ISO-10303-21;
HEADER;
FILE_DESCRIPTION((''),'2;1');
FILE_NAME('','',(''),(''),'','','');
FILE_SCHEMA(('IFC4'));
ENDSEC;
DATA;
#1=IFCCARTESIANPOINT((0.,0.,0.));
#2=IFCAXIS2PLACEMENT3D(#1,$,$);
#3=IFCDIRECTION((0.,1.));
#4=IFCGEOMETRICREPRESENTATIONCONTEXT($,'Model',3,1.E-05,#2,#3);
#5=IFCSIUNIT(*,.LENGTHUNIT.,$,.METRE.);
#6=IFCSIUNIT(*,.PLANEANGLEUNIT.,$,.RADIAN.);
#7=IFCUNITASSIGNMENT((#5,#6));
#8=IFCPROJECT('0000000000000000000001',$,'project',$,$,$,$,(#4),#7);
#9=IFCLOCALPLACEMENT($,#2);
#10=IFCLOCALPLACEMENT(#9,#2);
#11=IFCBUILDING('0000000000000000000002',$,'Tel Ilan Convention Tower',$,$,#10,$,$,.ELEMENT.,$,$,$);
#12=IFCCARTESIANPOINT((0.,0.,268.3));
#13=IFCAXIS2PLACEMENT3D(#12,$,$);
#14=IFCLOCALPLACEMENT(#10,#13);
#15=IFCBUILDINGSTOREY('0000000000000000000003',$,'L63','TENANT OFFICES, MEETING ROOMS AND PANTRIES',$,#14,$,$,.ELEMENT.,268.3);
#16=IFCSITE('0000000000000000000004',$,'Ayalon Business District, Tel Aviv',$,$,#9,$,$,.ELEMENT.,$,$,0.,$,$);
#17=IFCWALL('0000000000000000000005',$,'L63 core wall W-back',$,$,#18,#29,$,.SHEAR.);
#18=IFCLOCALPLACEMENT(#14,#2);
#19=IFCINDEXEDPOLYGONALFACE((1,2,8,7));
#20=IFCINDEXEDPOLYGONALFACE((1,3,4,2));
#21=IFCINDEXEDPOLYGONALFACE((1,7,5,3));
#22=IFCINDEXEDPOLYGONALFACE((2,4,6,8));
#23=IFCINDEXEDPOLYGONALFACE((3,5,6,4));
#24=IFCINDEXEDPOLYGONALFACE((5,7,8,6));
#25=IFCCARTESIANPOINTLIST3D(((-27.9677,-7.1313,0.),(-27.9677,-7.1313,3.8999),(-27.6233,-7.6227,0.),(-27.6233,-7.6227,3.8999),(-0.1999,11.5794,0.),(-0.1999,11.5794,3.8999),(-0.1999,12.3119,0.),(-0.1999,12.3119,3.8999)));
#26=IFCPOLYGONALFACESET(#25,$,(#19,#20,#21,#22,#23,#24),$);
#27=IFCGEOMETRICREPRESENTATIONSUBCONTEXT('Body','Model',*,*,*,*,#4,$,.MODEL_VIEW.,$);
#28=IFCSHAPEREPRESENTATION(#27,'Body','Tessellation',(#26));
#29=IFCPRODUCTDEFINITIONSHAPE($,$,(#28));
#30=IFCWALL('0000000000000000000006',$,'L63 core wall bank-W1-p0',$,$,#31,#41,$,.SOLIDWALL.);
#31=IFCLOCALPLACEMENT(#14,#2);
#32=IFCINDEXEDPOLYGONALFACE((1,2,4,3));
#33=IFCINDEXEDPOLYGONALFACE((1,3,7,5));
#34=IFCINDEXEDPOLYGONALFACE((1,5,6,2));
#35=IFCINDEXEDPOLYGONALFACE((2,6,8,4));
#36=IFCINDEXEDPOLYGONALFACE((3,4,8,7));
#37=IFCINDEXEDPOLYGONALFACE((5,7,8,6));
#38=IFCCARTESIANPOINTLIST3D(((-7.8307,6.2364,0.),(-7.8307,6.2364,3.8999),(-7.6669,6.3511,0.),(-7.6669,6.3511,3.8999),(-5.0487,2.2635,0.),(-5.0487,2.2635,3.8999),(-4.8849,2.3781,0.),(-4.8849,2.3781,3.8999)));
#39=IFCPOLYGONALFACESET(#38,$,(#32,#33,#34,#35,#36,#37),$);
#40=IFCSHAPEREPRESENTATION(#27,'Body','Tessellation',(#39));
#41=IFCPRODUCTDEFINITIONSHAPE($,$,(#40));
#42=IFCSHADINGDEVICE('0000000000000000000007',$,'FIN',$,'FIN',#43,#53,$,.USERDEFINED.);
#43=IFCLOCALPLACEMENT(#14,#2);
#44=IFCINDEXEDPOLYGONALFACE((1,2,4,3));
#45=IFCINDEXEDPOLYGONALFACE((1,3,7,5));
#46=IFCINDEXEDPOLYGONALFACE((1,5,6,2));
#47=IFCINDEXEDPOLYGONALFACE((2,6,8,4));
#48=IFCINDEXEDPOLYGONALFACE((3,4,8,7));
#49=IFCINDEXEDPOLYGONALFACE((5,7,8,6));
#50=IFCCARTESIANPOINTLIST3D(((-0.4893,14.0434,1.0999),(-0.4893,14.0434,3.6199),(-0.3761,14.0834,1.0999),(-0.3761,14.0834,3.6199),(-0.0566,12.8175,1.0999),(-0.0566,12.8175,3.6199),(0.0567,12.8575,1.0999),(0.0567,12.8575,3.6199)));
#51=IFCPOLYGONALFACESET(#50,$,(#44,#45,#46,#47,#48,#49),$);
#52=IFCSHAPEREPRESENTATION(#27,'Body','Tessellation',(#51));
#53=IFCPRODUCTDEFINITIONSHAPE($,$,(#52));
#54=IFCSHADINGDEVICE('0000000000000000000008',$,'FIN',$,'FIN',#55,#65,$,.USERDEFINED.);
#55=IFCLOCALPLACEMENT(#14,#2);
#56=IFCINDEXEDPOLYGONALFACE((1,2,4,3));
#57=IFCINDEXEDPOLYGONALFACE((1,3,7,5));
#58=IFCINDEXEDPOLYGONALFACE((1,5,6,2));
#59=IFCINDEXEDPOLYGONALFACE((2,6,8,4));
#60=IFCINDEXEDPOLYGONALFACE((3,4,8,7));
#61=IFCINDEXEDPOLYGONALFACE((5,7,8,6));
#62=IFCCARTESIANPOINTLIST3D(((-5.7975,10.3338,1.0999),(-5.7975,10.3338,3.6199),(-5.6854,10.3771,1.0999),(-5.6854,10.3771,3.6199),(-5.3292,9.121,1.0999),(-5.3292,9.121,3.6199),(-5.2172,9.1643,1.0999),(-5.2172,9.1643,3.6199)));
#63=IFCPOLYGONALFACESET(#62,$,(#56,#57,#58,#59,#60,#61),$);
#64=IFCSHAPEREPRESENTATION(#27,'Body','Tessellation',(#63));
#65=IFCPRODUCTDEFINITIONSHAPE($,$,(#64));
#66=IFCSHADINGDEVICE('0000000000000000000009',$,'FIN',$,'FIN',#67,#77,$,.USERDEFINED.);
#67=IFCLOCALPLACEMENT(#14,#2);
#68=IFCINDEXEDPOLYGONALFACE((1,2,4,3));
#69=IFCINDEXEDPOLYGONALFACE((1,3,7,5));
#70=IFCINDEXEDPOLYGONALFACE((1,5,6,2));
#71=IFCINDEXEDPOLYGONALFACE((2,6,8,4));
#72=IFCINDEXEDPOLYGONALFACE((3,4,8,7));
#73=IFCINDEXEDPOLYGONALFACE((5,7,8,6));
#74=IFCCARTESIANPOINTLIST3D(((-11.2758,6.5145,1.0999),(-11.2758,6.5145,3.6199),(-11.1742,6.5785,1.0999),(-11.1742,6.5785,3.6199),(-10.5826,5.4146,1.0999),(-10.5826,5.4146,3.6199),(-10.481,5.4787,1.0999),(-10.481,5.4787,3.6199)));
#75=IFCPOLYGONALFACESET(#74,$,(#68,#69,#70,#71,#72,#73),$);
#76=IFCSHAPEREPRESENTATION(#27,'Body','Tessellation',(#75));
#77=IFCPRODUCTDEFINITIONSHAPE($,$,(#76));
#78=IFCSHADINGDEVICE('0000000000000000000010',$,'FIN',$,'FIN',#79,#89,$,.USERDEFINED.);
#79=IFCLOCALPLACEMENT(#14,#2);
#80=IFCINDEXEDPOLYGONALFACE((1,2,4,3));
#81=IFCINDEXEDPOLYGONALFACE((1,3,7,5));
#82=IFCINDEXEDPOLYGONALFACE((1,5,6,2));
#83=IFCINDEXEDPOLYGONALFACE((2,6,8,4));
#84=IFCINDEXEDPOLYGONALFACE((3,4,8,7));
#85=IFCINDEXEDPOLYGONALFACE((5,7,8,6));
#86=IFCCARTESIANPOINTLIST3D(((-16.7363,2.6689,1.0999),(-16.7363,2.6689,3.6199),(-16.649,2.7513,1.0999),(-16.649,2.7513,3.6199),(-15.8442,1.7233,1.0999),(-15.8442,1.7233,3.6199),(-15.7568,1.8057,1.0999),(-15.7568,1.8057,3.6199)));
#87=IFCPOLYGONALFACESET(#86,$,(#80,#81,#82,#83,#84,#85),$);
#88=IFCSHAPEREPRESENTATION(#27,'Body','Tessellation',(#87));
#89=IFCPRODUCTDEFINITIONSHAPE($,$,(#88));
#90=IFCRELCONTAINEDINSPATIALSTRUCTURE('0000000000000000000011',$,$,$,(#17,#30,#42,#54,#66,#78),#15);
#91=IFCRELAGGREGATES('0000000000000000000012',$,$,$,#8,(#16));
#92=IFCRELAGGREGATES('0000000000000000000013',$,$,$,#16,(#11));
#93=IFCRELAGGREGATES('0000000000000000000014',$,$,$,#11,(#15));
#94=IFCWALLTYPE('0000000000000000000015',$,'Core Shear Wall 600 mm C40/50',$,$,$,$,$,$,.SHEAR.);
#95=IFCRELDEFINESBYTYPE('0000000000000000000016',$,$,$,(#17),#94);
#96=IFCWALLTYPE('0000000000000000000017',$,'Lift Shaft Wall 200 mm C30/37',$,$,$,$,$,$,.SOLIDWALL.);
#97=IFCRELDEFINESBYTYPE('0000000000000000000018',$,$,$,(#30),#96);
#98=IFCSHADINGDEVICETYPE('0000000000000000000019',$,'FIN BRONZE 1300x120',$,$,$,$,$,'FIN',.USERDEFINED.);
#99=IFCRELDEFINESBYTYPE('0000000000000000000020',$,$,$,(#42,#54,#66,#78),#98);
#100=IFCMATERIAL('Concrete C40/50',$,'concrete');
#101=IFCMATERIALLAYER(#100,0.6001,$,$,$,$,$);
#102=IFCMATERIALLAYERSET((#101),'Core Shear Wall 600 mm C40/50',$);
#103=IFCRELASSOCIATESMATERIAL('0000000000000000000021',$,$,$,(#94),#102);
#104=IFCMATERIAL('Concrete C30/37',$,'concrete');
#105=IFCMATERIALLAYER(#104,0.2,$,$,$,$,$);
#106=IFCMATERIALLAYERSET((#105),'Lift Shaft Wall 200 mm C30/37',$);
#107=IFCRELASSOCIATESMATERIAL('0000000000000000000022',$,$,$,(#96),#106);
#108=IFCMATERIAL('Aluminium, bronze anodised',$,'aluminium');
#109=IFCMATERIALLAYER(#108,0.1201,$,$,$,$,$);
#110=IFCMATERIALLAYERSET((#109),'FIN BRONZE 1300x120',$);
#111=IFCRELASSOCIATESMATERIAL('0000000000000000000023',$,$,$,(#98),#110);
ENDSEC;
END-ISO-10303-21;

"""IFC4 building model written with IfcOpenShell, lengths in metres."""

from ifc_helpers import new_model, si_unit, direction, frame, frame_2d, origin, origin_2d, place, context, subcontext, project, spatial, polyline, rectangle, outline, extrude, material, layer, layer_set, type_object, element, save


model = new_model("IFC4")

# Units and contexts
model_context = context("Model", 3, precision=1e-05, world=origin(), true_north=direction((0.0, 1.0)))
body_context = subcontext(model_context, "Body", "Model", "MODEL_VIEW")
ifc_project = project(units=[si_unit("LENGTHUNIT", "METRE"), si_unit("PLANEANGLEUNIT", "RADIAN")], contexts=[model_context])

# Site, building, storey
site_placement = place(None, origin())
site = spatial("IfcSite", under=ifc_project, at=site_placement, Name="Ayalon Business District, Tel Aviv", CompositionType="ELEMENT", RefElevation=0.0)
building_placement = place(site_placement, origin())
building = spatial("IfcBuilding", under=site, at=building_placement, Name="Tel Ilan Convention Tower", CompositionType="ELEMENT")
storey_placement = place(building_placement, frame((0.0, 0.0, 268.3)))
storey = spatial("IfcBuildingStorey", under=building, at=storey_placement, Name="L63", Description="TENANT OFFICES, MEETING ROOMS AND PANTRIES", CompositionType="ELEMENT", Elevation=268.3)

# Walls
ifc_material_1 = material(Name="Concrete C40/50", Category="concrete")
ifc_layer_1 = layer(ifc_material_1, 0.6001)
ifc_layer_set_1 = layer_set([ifc_layer_1], Name="Core Shear Wall 600 mm C40/50")
wall_type_1 = type_object("IfcWallType", Name="Core Shear Wall 600 mm C40/50", PredefinedType="SHEAR", material=ifc_layer_set_1)
wall_1_placement = place(storey_placement, frame((-0.0278, 12.0662, 0.0), z_axis=(0.0, 0.0, 1.0), x_axis=(-0.819151, -0.573577, 0.0)))
element("IfcWall", 1, at=wall_1_placement, inside=storey, type_object=wall_type_1, Name="L63 core wall W-back", PredefinedType="SHEAR", context=body_context, shape_type="SweptSolid", body=[
    extrude(outline(polyline([(33.8979, 0.3), (0.4202, 0.3), (0.0, -0.3), (33.8982, -0.3), (33.8979, 0.3)])), origin(), (0.0, 0.0, 1.0), 3.8999),
])
ifc_material_2 = material(Name="Concrete C30/37", Category="concrete")
ifc_layer_2 = layer(ifc_material_2, 0.2)
ifc_layer_set_2 = layer_set([ifc_layer_2], Name="Lift Shaft Wall 200 mm C30/37")
wall_type_2 = type_object("IfcWallType", Name="Lift Shaft Wall 200 mm C30/37", PredefinedType="SOLIDWALL", material=ifc_layer_set_2)
wall_2_placement = place(storey_placement, frame((-4.9668, 2.3208, 0.0), z_axis=(0.0, 0.0, 1.0), x_axis=(-0.573594, 0.81914, 0.0)))
element("IfcWall", 2, at=wall_2_placement, inside=storey, type_object=wall_type_2, Name="L63 core wall bank-W1-p0", PredefinedType="SOLIDWALL", context=body_context, shape_type="SweptSolid", body=[
    extrude(rectangle(XDim=4.8501, YDim=0.2, at=frame_2d((2.425, 0.0))), origin(), (0.0, 0.0, 1.0), 3.8999),
])

# Shading devices
ifc_material_3 = material(Name="Aluminium, bronze anodised", Category="aluminium")
ifc_layer_3 = layer(ifc_material_3, 0.1201)
ifc_layer_set_3 = layer_set([ifc_layer_3], Name="FIN BRONZE 1300x120")
shading_device_type = type_object("IfcShadingDeviceType", Name="FIN BRONZE 1300x120", ElementType="FIN", PredefinedType="USERDEFINED", material=ifc_layer_set_3)
for number, where, z_axis, x_axis, name in (
    (3, (-0.2163, 13.4504, 1.0999), (0.0, 0.0, 1.0), (-0.332893, 0.942965, 0.0), "FIN"),
    (4, (-5.5073, 9.749, 1.0999), (0.0, 0.0, 1.0), (-0.360178, 0.932884, 0.0), "FIN"),
    (5, (-10.8784, 5.9966, 1.0999), (0.0, 0.0, 1.0), (-0.533204, 0.845986, 0.0), "FIN"),
    (6, (-16.2466, 2.2373, 1.0999), (0.0, 0.0, 1.0), (-0.686242, 0.727374, 0.0), "FIN"),
):
    element("IfcShadingDevice", number, at=place(storey_placement, frame(where, z_axis=z_axis, x_axis=x_axis)), inside=storey, type_object=shading_device_type, Name=name, ObjectType="FIN", PredefinedType="USERDEFINED", context=body_context, shape_type="SweptSolid", body=[
        extrude(rectangle(XDim=1.3, YDim=0.1201, at=origin_2d()), origin(), (0.0, 0.0, 1.0), 2.52),
    ])

save(model, "model.ifc")
